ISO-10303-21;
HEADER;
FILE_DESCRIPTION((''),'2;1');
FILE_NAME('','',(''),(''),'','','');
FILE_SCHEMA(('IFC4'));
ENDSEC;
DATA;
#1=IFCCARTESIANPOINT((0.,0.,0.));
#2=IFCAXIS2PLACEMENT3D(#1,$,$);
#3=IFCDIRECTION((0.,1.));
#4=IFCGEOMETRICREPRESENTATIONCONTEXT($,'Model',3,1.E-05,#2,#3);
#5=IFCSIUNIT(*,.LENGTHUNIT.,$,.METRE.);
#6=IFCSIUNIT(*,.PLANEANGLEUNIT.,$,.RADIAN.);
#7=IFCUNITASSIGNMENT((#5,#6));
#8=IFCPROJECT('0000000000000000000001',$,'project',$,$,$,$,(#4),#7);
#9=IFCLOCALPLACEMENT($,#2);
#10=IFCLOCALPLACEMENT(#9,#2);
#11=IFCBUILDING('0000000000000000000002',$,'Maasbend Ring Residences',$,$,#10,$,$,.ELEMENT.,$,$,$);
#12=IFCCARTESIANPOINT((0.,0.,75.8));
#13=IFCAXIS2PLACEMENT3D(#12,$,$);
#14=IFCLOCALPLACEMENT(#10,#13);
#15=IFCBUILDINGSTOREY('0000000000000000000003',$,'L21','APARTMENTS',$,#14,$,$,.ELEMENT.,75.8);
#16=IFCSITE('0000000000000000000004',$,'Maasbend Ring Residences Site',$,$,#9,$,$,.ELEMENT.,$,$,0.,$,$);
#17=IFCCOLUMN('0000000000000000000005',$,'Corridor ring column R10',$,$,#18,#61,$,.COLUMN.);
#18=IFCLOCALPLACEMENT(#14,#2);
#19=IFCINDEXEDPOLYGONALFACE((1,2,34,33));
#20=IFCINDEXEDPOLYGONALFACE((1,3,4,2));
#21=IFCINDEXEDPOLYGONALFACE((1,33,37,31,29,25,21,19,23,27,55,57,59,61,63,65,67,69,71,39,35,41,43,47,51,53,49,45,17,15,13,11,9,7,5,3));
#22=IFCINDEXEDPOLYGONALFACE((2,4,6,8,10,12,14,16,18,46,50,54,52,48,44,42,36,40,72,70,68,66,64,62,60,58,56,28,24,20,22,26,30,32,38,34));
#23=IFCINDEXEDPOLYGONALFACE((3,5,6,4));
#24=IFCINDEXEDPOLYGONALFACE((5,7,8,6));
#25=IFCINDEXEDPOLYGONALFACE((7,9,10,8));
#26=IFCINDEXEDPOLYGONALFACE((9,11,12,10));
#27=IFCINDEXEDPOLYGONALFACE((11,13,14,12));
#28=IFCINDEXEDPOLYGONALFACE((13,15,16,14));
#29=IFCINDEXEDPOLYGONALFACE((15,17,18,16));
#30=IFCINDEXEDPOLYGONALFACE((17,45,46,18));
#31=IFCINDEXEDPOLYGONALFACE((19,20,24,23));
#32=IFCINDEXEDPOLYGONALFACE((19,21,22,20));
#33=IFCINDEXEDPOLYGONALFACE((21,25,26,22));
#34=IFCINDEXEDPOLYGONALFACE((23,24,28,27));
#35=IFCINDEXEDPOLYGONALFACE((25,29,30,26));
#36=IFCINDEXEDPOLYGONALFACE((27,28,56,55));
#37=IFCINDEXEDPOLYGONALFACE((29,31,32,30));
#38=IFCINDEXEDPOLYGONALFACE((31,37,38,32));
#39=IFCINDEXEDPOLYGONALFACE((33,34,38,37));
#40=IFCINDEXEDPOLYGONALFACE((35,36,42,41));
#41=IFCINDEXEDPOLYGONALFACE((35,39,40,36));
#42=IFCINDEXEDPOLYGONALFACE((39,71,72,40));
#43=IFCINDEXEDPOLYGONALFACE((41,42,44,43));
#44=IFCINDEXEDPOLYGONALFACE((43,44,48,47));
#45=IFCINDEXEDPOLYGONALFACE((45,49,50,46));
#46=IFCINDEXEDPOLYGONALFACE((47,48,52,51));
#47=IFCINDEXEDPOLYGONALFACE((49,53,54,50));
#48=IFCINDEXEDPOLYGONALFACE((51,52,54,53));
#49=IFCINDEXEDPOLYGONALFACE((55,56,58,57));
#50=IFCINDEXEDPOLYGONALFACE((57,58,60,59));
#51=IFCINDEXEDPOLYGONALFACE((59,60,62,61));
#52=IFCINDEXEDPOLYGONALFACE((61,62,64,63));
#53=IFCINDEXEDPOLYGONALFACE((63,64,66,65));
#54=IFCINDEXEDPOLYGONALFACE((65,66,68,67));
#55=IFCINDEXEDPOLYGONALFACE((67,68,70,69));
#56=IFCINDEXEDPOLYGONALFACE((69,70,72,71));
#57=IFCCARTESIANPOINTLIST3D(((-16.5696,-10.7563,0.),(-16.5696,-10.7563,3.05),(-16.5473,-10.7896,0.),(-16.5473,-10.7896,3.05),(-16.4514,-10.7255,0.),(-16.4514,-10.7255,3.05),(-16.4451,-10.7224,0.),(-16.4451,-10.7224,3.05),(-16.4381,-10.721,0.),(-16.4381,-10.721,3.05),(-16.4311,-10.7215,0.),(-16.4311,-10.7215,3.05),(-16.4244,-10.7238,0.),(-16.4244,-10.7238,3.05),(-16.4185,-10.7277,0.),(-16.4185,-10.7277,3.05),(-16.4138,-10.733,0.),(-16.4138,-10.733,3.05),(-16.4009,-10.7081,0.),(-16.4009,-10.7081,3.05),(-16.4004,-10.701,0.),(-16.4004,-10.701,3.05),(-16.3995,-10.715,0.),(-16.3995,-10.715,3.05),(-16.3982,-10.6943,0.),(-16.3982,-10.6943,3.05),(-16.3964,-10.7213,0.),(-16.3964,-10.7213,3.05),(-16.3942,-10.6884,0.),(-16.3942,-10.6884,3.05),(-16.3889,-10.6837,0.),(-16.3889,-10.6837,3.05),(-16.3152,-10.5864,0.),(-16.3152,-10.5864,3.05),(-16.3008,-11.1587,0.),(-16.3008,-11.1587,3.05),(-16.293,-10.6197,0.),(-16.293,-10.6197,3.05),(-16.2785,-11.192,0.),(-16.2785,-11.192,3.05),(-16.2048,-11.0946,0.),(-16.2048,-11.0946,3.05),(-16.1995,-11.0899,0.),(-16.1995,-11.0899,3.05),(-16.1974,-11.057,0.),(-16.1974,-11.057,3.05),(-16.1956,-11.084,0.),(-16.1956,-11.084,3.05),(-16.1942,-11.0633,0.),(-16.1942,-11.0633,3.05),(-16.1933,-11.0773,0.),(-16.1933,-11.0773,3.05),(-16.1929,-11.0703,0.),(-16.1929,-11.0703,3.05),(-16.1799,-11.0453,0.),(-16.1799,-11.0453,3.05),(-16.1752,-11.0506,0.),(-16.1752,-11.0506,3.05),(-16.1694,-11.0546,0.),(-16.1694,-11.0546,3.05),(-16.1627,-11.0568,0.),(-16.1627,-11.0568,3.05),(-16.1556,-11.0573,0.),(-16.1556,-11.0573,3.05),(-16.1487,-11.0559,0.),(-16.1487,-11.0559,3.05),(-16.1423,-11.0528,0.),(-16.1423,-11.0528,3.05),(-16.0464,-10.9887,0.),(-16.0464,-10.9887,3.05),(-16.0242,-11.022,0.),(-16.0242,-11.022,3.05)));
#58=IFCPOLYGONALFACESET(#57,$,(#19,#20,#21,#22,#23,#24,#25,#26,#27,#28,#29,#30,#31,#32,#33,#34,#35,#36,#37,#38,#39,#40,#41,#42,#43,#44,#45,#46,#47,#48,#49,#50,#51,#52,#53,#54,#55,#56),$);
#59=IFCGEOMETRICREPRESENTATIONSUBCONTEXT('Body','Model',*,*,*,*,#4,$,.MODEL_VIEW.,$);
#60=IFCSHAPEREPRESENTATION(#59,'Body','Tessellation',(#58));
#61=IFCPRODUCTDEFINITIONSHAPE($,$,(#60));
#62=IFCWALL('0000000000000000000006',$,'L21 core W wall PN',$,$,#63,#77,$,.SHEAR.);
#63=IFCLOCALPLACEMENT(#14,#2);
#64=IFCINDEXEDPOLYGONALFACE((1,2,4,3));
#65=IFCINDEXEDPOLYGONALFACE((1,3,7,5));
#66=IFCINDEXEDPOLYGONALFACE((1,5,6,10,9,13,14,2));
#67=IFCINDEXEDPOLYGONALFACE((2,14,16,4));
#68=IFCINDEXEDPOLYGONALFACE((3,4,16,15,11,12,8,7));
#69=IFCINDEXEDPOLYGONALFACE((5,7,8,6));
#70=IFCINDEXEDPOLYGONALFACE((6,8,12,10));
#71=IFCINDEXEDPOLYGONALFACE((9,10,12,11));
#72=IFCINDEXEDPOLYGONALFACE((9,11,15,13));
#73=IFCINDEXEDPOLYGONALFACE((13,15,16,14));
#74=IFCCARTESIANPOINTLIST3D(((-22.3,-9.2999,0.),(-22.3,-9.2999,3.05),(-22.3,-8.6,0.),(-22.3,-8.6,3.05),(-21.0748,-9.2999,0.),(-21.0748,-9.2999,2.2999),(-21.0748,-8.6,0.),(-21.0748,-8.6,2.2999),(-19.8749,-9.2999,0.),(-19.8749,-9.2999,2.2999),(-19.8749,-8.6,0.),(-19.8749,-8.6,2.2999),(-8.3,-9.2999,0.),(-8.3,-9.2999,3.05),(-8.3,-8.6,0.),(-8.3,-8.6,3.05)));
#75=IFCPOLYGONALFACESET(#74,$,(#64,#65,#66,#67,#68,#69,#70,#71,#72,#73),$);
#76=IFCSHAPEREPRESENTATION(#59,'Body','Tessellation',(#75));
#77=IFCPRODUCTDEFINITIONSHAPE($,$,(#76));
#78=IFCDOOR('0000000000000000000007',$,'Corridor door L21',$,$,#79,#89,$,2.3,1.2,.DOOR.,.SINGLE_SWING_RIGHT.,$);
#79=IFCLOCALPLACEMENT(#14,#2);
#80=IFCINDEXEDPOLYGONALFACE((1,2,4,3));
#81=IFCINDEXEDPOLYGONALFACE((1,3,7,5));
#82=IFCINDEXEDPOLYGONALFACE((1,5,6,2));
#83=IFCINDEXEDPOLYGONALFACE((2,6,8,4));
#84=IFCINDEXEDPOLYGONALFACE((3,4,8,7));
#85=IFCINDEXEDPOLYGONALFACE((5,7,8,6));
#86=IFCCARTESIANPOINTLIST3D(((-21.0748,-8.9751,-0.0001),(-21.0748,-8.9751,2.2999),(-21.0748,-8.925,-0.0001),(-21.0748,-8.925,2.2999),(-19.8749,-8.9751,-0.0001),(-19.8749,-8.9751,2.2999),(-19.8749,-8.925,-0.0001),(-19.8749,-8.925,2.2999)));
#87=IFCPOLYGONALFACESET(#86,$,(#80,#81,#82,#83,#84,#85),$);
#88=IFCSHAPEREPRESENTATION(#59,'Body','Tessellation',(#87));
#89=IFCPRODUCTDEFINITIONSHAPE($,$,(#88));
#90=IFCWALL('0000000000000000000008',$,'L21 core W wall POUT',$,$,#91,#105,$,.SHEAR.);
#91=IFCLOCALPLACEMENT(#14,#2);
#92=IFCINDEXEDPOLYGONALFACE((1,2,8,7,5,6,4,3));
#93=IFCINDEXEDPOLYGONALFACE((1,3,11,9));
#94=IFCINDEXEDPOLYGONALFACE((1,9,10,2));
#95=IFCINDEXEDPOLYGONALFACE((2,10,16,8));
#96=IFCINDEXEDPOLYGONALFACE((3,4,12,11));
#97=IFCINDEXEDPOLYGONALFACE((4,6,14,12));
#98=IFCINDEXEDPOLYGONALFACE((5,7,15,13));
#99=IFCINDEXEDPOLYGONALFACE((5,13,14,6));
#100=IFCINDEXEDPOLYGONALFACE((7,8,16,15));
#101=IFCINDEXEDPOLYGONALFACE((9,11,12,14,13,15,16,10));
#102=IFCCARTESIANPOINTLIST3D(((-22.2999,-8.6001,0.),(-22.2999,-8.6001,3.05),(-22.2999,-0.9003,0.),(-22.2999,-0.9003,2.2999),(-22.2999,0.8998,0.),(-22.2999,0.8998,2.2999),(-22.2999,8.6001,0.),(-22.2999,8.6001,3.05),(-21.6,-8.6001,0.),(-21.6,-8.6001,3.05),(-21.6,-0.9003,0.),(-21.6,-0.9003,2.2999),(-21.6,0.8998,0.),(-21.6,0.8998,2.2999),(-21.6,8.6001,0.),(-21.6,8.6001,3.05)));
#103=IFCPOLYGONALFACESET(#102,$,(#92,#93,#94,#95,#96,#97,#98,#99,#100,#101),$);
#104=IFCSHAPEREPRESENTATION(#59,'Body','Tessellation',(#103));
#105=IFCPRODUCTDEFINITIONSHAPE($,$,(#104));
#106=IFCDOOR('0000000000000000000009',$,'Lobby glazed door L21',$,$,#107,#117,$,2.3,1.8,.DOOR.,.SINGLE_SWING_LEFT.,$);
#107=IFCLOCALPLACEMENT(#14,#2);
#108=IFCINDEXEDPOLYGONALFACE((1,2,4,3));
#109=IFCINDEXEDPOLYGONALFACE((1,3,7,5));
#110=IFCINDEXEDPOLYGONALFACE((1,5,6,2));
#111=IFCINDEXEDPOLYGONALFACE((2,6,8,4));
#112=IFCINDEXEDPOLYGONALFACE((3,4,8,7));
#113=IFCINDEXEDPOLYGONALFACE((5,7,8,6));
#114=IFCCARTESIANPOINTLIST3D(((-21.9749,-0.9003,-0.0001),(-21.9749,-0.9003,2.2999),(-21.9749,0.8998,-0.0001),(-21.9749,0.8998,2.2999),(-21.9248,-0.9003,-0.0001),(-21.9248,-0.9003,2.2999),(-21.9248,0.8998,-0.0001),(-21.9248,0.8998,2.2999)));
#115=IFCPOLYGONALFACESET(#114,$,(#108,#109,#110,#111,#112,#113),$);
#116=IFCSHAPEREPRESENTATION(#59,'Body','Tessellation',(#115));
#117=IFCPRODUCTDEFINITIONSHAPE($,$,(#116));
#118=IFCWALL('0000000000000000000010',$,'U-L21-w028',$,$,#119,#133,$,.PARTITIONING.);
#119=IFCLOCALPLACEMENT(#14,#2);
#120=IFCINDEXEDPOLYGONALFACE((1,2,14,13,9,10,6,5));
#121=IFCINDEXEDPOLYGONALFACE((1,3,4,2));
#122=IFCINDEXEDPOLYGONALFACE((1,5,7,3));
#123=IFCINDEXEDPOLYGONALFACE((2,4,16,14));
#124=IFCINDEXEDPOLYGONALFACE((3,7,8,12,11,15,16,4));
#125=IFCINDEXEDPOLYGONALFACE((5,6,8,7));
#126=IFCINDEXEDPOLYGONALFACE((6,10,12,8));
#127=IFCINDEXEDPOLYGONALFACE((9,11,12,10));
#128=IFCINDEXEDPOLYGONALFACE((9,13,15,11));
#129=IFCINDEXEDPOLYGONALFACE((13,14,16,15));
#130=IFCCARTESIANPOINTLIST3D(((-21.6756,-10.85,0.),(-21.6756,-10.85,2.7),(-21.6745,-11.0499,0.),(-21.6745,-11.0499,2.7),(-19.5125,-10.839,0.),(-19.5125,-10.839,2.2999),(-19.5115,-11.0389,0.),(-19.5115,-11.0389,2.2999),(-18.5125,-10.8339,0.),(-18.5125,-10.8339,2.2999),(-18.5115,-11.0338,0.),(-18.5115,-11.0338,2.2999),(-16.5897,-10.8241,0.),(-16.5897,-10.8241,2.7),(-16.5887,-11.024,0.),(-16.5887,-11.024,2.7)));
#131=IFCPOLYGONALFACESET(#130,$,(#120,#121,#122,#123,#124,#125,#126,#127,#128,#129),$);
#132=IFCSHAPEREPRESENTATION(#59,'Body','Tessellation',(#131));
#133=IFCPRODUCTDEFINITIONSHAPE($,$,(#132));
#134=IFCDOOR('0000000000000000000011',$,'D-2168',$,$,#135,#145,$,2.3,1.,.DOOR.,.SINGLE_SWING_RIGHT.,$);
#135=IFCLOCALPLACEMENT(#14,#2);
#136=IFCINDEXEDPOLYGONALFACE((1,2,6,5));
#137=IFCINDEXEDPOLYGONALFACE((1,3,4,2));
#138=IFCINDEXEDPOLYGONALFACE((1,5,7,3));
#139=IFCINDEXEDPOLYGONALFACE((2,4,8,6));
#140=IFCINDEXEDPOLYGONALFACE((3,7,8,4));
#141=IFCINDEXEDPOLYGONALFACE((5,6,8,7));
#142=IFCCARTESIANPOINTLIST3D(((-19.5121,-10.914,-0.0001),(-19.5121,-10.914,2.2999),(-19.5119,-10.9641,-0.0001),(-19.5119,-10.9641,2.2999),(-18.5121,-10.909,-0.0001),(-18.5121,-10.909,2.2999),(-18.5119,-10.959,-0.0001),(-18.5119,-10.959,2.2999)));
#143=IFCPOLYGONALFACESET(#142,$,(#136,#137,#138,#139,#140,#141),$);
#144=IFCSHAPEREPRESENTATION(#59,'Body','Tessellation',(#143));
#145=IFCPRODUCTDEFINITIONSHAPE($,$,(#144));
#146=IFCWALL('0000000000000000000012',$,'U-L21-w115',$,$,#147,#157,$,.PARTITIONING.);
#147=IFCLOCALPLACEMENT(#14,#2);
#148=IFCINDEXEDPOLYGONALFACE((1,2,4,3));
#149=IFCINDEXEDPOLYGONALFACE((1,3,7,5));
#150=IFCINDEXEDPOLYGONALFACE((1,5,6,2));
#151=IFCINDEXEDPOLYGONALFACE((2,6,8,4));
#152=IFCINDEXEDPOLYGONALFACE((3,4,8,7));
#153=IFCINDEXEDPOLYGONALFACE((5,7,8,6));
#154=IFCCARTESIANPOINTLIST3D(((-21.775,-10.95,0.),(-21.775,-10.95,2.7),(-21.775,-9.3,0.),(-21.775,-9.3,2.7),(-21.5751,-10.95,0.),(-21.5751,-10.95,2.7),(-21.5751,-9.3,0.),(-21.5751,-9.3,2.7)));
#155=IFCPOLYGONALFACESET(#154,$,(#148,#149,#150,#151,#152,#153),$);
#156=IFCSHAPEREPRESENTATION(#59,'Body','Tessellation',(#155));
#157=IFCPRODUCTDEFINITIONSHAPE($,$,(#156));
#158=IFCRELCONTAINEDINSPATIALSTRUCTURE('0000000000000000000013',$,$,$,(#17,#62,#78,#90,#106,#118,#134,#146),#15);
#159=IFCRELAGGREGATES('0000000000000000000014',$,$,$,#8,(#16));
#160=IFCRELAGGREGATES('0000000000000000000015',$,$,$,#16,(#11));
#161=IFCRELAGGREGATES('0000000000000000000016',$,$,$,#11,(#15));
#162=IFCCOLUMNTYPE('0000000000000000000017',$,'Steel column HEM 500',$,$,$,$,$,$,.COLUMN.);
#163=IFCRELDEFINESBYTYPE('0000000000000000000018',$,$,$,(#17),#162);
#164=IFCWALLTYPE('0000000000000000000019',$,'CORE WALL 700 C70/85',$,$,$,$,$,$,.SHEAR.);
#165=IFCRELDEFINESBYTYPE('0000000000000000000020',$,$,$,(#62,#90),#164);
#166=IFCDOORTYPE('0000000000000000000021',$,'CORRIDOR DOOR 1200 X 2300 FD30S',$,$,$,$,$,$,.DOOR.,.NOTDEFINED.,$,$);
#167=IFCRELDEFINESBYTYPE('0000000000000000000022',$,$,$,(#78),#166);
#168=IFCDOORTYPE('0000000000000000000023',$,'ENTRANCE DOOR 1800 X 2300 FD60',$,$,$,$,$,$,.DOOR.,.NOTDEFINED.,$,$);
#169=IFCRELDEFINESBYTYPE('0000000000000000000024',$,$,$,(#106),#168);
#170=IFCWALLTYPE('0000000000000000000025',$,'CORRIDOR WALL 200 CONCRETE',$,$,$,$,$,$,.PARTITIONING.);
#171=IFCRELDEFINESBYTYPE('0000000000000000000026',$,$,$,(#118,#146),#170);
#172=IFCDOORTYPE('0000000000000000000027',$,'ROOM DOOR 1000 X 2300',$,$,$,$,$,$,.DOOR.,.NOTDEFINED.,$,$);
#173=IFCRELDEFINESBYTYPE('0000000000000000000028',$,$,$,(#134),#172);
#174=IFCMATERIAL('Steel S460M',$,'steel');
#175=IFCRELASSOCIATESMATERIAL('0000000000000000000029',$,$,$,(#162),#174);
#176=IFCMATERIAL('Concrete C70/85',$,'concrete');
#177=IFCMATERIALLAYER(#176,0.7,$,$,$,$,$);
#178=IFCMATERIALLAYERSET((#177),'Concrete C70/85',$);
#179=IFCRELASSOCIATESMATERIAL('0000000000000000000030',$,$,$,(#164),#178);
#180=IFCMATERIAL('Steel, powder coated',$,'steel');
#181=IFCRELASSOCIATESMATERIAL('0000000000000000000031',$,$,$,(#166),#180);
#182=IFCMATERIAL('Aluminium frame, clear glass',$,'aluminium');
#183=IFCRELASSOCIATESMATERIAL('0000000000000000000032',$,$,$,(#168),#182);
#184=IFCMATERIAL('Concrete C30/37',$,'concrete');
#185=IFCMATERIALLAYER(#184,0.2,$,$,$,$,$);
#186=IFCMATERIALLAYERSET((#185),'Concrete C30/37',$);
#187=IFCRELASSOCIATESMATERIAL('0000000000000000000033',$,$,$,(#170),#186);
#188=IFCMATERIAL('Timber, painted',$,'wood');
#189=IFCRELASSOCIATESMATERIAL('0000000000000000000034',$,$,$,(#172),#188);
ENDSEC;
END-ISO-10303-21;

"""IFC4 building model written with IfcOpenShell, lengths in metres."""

from ifc_helpers import new_model, si_unit, direction, frame, frame_2d, origin, origin_2d, place, context, subcontext, project, spatial, rectangle, i_section, extrude, material, layer, layer_set, material_profile, profile_set, type_object, element, fill, save


model = new_model("IFC4")

# Units and contexts
model_context = context("Model", 3, precision=1e-05, world=origin(), true_north=direction((0.0, 1.0)))
body_context = subcontext(model_context, "Body", "Model", "MODEL_VIEW")
ifc_project = project(units=[si_unit("LENGTHUNIT", "METRE"), si_unit("PLANEANGLEUNIT", "RADIAN")], contexts=[model_context])

# Site, building, storey
site_placement = place(None, origin())
site = spatial("IfcSite", under=ifc_project, at=site_placement, Name="Maasbend Ring Residences Site", CompositionType="ELEMENT", RefElevation=0.0)
building_placement = place(site_placement, origin())
building = spatial("IfcBuilding", under=site, at=building_placement, Name="Maasbend Ring Residences", CompositionType="ELEMENT")
storey_placement = place(building_placement, frame((0.0, 0.0, 75.8)))
storey = spatial("IfcBuildingStorey", under=building, at=storey_placement, Name="L21", Description="APARTMENTS", CompositionType="ELEMENT", Elevation=75.8)

# Column
ifc_material_1 = material(Name="Steel S460M", Category="steel")
ifc_material_profile = material_profile(ifc_material_1, i_section(OverallWidth=0.3059, OverallDepth=0.5239, WebThickness=0.021, FlangeThickness=0.04, FilletRadius=0.0271, at=origin_2d()), Name="HEM 500")
ifc_profile_set = profile_set([ifc_material_profile], Name="Steel S460M")
column_type = type_object("IfcColumnType", Name="Steel column HEM 500", PredefinedType="COLUMN", material=ifc_profile_set)
column_placement = place(storey_placement, frame((-16.2969, -10.8892, 0.0), z_axis=(0.0, 0.0, 1.0), x_axis=(-0.83147, -0.55557, 0.0)))
element("IfcColumn", 1, at=column_placement, inside=storey, type_object=column_type, Name="Corridor ring column R10", PredefinedType="COLUMN", context=body_context, shape_type="SweptSolid", body=[
    extrude(i_section(OverallWidth=0.3059, OverallDepth=0.5239, WebThickness=0.021, FlangeThickness=0.04, FilletRadius=0.0271, at=origin_2d()), origin(), (0.0, 0.0, 1.0), 3.05),
])

# Walls, openings, doors
ifc_material_2 = material(Name="Concrete C70/85", Category="concrete")
ifc_layer_1 = layer(ifc_material_2, 0.7)
ifc_layer_set_1 = layer_set([ifc_layer_1], Name="Concrete C70/85")
wall_type_1 = type_object("IfcWallType", Name="CORE WALL 700 C70/85", PredefinedType="SHEAR", material=ifc_layer_set_1)
wall_1_placement = place(storey_placement, frame((-22.3, -8.95, 0.0), z_axis=(0.0, 0.0, 1.0), x_axis=(1.0, 0.0, 0.0)))
wall_1 = element("IfcWall", 2, at=wall_1_placement, inside=storey, type_object=wall_type_1, Name="L21 core W wall PN", PredefinedType="SHEAR", context=body_context, shape_type="SweptSolid", body=[
    extrude(rectangle(XDim=14.0, YDim=0.7, at=frame_2d((7.0, 0.0))), origin(), (0.0, 0.0, 1.0), 3.05),
])
opening_1_placement = place(wall_1_placement, frame((1.2251, 0.0, 0.0)))
opening_1 = element("IfcOpeningElement", 3, at=opening_1_placement, cuts=wall_1, PredefinedType="OPENING", context=body_context, shape_type="SweptSolid", body=[
    extrude(rectangle(XDim=1.2, YDim=2.3, at=frame_2d((0.6001, 1.1499))), frame((0.0, 0.3599, 0.0), z_axis=(0.0, -1.0, 0.0), x_axis=(1.0, 0.0, 0.0)), (0.0, 0.0, 1.0), 0.72),
])
ifc_material_3 = material(Name="Steel, powder coated", Category="steel")
door_type_1 = type_object("IfcDoorType", Name="CORRIDOR DOOR 1200 X 2300 FD30S", OperationType="NOTDEFINED", PredefinedType="DOOR", material=ifc_material_3)
door_1_placement = place(opening_1_placement, origin())
door_1 = element("IfcDoor", 4, at=door_1_placement, inside=storey, type_object=door_type_1, Name="Corridor door L21", OperationType="SINGLE_SWING_RIGHT", OverallHeight=2.3, OverallWidth=1.2, PredefinedType="DOOR", context=body_context, shape_type="SweptSolid", body=[
    extrude(rectangle(XDim=1.2, YDim=2.3, at=frame_2d((0.6001, 1.1499))), frame((0.0, 0.0249, 0.0), z_axis=(0.0, -1.0, 0.0), x_axis=(1.0, 0.0, 0.0)), (0.0, 0.0, 1.0), 0.05),
])
fill(opening_1, door_1)
wall_2_placement = place(storey_placement, frame((-21.95, -8.6001, 0.0), z_axis=(0.0, 0.0, 1.0), x_axis=(0.0, 1.0, 0.0)))
wall_2 = element("IfcWall", 5, at=wall_2_placement, inside=storey, type_object=wall_type_1, Name="L21 core W wall POUT", PredefinedType="SHEAR", context=body_context, shape_type="SweptSolid", body=[
    extrude(rectangle(XDim=17.2002, YDim=0.7, at=frame_2d((8.6001, 0.0))), origin(), (0.0, 0.0, 1.0), 3.05),
])
opening_2_placement = place(wall_2_placement, frame((7.7, 0.0, 0.0)))
opening_2 = element("IfcOpeningElement", 6, at=opening_2_placement, cuts=wall_2, PredefinedType="OPENING", context=body_context, shape_type="SweptSolid", body=[
    extrude(rectangle(XDim=1.8, YDim=2.3, at=frame_2d((0.8999, 1.1499))), frame((0.0, 0.3599, 0.0), z_axis=(0.0, -1.0, 0.0), x_axis=(1.0, 0.0, 0.0)), (0.0, 0.0, 1.0), 0.72),
])
ifc_material_4 = material(Name="Aluminium frame, clear glass", Category="aluminium")
door_type_2 = type_object("IfcDoorType", Name="ENTRANCE DOOR 1800 X 2300 FD60", OperationType="NOTDEFINED", PredefinedType="DOOR", material=ifc_material_4)
door_2_placement = place(opening_2_placement, origin())
door_2 = element("IfcDoor", 7, at=door_2_placement, inside=storey, type_object=door_type_2, Name="Lobby glazed door L21", OperationType="SINGLE_SWING_LEFT", OverallHeight=2.3, OverallWidth=1.8, PredefinedType="DOOR", context=body_context, shape_type="SweptSolid", body=[
    extrude(rectangle(XDim=1.8, YDim=2.3, at=frame_2d((0.8999, 1.1499))), frame((0.0, 0.0249, 0.0), z_axis=(0.0, -1.0, 0.0), x_axis=(1.0, 0.0, 0.0)), (0.0, 0.0, 1.0), 0.05),
])
fill(opening_2, door_2)
ifc_material_5 = material(Name="Concrete C30/37", Category="concrete")
ifc_layer_2 = layer(ifc_material_5, 0.2)
ifc_layer_set_2 = layer_set([ifc_layer_2], Name="Concrete C30/37")
wall_type_2 = type_object("IfcWallType", Name="CORRIDOR WALL 200 CONCRETE", PredefinedType="PARTITIONING", material=ifc_layer_set_2)
wall_3_placement = place(storey_placement, frame((-21.675, -10.95, 0.0), z_axis=(0.0, 0.0, 1.0), x_axis=(0.999987, 0.005088, 0.0)))
wall_3 = element("IfcWall", 8, at=wall_3_placement, inside=storey, type_object=wall_type_2, Name="U-L21-w028", PredefinedType="PARTITIONING", context=body_context, shape_type="SweptSolid", body=[
    extrude(rectangle(XDim=5.0859, YDim=0.2, at=frame_2d((2.543, 0.0))), origin(), (0.0, 0.0, 1.0), 2.7),
])
opening_3_placement = place(wall_3_placement, frame((2.1631, 0.0, 0.0)))
opening_3 = element("IfcOpeningElement", 9, at=opening_3_placement, cuts=wall_3, PredefinedType="OPENING", context=body_context, shape_type="SweptSolid", body=[
    extrude(rectangle(XDim=1.0, YDim=2.3, at=frame_2d((0.5, 1.1499))), frame((0.0, 0.1099, 0.0), z_axis=(0.0, -1.0, 0.0), x_axis=(1.0, 0.0, 0.0)), (0.0, 0.0, 1.0), 0.22),
])
ifc_material_6 = material(Name="Timber, painted", Category="wood")
door_type_3 = type_object("IfcDoorType", Name="ROOM DOOR 1000 X 2300", OperationType="NOTDEFINED", PredefinedType="DOOR", material=ifc_material_6)
door_3_placement = place(opening_3_placement, origin())
door_3 = element("IfcDoor", 10, at=door_3_placement, inside=storey, type_object=door_type_3, Name="D-2168", OperationType="SINGLE_SWING_RIGHT", OverallHeight=2.3, OverallWidth=1.0, PredefinedType="DOOR", context=body_context, shape_type="SweptSolid", body=[
    extrude(rectangle(XDim=1.0, YDim=2.3, at=frame_2d((0.5, 1.1499))), frame((0.0, 0.0249, 0.0), z_axis=(0.0, -1.0, 0.0), x_axis=(1.0, 0.0, 0.0)), (0.0, 0.0, 1.0), 0.05),
])
fill(opening_3, door_3)

# Wall
wall_4_placement = place(storey_placement, frame((-21.675, -10.95, 0.0), z_axis=(0.0, 0.0, 1.0), x_axis=(0.0, 1.0, 0.0)))
element("IfcWall", 11, at=wall_4_placement, inside=storey, type_object=wall_type_2, Name="U-L21-w115", PredefinedType="PARTITIONING", context=body_context, shape_type="SweptSolid", body=[
    extrude(rectangle(XDim=1.6499, YDim=0.2, at=frame_2d((0.825, 0.0))), origin(), (0.0, 0.0, 1.0), 2.7),
])

save(model, "model.ifc")
